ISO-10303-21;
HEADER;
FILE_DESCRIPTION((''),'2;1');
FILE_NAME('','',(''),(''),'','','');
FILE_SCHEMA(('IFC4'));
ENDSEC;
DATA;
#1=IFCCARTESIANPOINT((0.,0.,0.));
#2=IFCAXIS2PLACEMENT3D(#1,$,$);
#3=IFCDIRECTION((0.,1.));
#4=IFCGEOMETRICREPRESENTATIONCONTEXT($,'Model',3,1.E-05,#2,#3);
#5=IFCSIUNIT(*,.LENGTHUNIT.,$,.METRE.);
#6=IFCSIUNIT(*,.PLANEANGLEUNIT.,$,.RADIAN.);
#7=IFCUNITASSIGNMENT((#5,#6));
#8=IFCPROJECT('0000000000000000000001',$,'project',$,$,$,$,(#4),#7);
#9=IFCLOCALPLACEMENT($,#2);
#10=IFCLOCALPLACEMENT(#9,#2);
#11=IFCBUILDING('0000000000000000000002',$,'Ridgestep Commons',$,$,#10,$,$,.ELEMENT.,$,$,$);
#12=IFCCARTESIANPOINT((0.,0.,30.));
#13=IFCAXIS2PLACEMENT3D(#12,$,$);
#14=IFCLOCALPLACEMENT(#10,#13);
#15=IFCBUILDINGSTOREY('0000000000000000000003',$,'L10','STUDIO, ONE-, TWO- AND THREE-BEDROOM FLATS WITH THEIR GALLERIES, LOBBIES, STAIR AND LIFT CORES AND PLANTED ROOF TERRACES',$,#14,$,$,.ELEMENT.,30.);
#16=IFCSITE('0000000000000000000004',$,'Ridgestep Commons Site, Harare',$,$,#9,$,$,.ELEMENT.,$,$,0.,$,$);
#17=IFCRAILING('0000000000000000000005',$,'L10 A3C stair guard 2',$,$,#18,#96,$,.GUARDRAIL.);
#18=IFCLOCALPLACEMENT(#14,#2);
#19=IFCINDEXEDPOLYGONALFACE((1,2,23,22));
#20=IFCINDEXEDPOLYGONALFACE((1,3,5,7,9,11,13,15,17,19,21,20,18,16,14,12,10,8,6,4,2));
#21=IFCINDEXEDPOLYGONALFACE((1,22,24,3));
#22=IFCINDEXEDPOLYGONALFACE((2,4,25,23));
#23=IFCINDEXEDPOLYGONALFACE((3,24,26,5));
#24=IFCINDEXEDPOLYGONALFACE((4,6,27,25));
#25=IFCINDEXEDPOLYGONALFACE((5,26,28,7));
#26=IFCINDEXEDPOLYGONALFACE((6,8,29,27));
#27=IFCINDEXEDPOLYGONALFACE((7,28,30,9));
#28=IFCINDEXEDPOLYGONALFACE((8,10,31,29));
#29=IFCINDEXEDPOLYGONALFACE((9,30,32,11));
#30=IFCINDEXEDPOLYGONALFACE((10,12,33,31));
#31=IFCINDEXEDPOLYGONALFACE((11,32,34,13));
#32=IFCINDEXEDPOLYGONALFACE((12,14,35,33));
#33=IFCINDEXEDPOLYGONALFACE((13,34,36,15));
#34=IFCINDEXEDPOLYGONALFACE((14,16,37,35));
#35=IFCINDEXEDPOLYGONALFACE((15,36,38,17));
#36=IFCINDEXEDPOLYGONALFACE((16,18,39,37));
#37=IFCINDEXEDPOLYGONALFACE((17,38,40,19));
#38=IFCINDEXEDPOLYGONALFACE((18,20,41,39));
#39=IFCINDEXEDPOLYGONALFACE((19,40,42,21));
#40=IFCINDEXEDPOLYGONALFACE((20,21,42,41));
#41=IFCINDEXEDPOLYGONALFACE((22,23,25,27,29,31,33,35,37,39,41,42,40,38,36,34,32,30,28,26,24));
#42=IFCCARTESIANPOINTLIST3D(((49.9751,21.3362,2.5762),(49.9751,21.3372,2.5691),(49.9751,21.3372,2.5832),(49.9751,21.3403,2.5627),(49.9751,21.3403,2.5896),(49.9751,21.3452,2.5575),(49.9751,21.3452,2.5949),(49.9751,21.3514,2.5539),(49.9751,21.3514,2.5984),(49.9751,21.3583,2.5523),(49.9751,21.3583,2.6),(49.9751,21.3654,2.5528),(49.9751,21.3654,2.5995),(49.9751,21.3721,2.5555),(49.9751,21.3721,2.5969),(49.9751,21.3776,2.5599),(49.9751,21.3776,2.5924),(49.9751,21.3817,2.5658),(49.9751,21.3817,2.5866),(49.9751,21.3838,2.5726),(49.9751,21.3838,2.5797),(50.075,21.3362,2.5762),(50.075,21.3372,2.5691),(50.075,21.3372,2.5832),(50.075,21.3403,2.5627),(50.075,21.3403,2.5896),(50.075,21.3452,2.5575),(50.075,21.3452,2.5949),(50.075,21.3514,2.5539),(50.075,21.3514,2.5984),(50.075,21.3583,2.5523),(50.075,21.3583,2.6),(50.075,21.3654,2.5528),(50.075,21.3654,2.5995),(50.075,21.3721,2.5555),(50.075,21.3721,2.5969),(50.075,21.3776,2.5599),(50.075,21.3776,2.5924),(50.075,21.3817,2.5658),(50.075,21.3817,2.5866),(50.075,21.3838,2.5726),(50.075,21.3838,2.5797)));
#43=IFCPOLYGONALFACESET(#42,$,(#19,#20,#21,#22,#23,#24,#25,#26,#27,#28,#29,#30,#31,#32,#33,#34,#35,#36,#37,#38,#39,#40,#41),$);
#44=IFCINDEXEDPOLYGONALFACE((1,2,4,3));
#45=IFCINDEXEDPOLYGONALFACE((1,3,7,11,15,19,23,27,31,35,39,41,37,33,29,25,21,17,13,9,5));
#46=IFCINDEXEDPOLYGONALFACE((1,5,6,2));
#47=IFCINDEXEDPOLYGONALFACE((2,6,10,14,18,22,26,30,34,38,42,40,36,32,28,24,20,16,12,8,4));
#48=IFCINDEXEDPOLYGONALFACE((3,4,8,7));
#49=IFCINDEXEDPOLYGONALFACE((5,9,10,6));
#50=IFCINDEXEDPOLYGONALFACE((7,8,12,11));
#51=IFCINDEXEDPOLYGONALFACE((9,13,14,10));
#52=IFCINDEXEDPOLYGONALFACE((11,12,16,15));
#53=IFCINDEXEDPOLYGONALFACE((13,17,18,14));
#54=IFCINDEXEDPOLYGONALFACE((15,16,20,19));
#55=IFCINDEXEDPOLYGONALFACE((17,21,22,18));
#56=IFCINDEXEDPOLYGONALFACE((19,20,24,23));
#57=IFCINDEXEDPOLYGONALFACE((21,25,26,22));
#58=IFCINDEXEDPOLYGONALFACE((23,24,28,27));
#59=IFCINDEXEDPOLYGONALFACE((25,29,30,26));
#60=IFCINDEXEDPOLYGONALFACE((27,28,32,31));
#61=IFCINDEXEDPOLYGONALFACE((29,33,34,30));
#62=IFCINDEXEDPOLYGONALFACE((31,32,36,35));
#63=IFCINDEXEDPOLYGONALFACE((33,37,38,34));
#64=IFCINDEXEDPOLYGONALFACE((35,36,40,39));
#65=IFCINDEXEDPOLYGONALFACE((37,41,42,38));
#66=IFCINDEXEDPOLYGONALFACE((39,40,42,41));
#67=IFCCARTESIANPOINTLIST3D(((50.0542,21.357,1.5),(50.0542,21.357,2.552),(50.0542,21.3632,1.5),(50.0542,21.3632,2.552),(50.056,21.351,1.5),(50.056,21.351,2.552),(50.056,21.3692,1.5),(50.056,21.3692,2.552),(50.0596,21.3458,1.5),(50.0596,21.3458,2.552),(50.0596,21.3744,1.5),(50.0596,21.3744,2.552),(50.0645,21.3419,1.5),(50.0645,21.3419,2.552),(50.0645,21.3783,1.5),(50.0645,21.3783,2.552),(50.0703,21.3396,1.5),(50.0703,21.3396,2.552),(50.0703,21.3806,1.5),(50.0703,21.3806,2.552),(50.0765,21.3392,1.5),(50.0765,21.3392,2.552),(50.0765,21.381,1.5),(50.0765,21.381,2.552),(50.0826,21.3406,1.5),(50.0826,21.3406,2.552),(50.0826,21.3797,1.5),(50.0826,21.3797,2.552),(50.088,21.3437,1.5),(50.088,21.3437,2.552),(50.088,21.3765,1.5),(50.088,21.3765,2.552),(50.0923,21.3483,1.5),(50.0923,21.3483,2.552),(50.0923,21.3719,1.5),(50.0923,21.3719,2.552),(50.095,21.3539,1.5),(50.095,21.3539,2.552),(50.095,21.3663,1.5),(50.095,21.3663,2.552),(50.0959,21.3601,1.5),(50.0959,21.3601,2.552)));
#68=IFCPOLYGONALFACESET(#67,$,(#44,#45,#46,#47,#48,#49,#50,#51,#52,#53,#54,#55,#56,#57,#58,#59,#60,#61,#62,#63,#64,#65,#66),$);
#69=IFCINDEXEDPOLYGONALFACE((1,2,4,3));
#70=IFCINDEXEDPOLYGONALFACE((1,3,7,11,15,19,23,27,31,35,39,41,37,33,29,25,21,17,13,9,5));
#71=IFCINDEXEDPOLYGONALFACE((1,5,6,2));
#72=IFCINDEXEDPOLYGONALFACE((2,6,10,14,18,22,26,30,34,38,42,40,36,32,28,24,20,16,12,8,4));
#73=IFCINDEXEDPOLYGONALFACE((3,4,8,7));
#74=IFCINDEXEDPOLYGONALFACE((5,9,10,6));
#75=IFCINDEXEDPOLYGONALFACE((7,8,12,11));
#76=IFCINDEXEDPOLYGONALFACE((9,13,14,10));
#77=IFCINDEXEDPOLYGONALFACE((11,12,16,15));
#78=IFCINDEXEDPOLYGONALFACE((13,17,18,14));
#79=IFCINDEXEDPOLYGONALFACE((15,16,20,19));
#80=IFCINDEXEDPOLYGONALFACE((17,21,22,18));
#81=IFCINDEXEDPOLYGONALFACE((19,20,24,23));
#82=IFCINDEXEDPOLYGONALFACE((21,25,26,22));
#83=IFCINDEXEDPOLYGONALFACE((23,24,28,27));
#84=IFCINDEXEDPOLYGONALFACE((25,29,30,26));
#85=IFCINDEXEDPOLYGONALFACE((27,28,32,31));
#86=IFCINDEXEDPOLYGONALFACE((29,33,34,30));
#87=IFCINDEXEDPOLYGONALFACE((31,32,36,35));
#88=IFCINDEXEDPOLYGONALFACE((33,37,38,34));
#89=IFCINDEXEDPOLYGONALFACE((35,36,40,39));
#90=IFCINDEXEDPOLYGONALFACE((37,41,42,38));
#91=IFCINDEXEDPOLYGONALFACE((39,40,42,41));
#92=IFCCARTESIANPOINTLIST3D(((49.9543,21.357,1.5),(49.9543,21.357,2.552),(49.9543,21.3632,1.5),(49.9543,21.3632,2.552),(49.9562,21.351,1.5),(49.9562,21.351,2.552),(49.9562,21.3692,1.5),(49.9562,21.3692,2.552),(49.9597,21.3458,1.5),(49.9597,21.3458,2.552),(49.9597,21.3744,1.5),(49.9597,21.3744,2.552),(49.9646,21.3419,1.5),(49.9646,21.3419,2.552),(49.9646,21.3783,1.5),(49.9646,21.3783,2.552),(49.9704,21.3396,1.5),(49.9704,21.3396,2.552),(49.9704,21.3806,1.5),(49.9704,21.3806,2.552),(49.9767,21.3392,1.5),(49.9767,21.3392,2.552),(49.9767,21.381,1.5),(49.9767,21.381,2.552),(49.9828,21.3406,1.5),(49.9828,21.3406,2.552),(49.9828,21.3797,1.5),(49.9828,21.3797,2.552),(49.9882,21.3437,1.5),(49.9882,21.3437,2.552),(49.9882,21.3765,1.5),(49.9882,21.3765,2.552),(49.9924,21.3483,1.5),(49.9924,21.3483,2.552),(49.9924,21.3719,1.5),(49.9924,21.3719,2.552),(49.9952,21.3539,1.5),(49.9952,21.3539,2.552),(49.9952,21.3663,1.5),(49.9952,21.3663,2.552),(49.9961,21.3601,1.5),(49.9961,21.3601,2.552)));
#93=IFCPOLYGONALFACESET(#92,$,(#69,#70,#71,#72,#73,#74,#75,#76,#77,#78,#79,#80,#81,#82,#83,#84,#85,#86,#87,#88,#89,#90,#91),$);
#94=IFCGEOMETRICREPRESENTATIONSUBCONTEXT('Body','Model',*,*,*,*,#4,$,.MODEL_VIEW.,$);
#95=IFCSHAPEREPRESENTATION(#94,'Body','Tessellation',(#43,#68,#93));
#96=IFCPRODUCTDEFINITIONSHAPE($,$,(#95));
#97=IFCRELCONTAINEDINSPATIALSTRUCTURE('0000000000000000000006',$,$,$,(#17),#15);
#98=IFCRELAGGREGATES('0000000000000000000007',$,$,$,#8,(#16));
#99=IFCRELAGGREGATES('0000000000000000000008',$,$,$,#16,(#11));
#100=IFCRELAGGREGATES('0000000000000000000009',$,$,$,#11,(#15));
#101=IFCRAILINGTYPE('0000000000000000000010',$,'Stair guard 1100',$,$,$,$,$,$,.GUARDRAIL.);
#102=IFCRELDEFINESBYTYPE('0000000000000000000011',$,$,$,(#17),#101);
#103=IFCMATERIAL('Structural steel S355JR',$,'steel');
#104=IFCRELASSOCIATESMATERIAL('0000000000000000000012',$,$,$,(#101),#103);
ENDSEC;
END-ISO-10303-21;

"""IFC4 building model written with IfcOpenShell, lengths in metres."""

from ifc_helpers import new_model, si_unit, direction, frame, origin, origin_2d, place, context, subcontext, project, spatial, circle, extrude, material, type_object, element, save


model = new_model("IFC4")

# Units and contexts
model_context = context("Model", 3, precision=1e-05, world=origin(), true_north=direction((0.0, 1.0)))
body_context = subcontext(model_context, "Body", "Model", "MODEL_VIEW")
ifc_project = project(units=[si_unit("LENGTHUNIT", "METRE"), si_unit("PLANEANGLEUNIT", "RADIAN")], contexts=[model_context])

# Site, building, storey
site_placement = place(None, origin())
site = spatial("IfcSite", under=ifc_project, at=site_placement, Name="Ridgestep Commons Site, Harare", CompositionType="ELEMENT", RefElevation=0.0)
building_placement = place(site_placement, origin())
building = spatial("IfcBuilding", under=site, at=building_placement, Name="Ridgestep Commons", CompositionType="ELEMENT")
storey_placement = place(building_placement, frame((0.0, 0.0, 30.0)))
storey = spatial("IfcBuildingStorey", under=building, at=storey_placement, Name="L10", Description="STUDIO, ONE-, TWO- AND THREE-BEDROOM FLATS WITH THEIR GALLERIES, LOBBIES, STAIR AND LIFT CORES AND PLANTED ROOF TERRACES", CompositionType="ELEMENT", Elevation=30.0)

# Railing
ifc_material_1 = material(Name="Structural steel S355JR", Category="steel")
railing_type_1 = type_object("IfcRailingType", Name="Stair guard 1100", PredefinedType="GUARDRAIL", material=ifc_material_1)
railing_1_placement = place(storey_placement, frame((50.075, 21.3601, 1.5)))
element("IfcRailing", 1, at=railing_1_placement, inside=storey, type_object=railing_type_1, Name="L10 A3C stair guard 2", PredefinedType="GUARDRAIL", context=body_context, shape_type="SweptSolid", body=[
    extrude(circle(Radius=0.0239, at=origin_2d()), frame((0.0, 0.0, 1.0762), z_axis=(-1.0, 0.0, 0.0), x_axis=(0.0, -1.0, 0.0)), (0.0, 0.0, 1.0), 0.0999),
    extrude(circle(Radius=0.021, at=origin_2d()), origin(), (0.0, 0.0, 1.0), 1.052),
    extrude(circle(Radius=0.021, at=origin_2d()), frame((-0.0999, 0.0, 0.0)), (0.0, 0.0, 1.0), 1.052),
])

save(model, "model.ifc")
